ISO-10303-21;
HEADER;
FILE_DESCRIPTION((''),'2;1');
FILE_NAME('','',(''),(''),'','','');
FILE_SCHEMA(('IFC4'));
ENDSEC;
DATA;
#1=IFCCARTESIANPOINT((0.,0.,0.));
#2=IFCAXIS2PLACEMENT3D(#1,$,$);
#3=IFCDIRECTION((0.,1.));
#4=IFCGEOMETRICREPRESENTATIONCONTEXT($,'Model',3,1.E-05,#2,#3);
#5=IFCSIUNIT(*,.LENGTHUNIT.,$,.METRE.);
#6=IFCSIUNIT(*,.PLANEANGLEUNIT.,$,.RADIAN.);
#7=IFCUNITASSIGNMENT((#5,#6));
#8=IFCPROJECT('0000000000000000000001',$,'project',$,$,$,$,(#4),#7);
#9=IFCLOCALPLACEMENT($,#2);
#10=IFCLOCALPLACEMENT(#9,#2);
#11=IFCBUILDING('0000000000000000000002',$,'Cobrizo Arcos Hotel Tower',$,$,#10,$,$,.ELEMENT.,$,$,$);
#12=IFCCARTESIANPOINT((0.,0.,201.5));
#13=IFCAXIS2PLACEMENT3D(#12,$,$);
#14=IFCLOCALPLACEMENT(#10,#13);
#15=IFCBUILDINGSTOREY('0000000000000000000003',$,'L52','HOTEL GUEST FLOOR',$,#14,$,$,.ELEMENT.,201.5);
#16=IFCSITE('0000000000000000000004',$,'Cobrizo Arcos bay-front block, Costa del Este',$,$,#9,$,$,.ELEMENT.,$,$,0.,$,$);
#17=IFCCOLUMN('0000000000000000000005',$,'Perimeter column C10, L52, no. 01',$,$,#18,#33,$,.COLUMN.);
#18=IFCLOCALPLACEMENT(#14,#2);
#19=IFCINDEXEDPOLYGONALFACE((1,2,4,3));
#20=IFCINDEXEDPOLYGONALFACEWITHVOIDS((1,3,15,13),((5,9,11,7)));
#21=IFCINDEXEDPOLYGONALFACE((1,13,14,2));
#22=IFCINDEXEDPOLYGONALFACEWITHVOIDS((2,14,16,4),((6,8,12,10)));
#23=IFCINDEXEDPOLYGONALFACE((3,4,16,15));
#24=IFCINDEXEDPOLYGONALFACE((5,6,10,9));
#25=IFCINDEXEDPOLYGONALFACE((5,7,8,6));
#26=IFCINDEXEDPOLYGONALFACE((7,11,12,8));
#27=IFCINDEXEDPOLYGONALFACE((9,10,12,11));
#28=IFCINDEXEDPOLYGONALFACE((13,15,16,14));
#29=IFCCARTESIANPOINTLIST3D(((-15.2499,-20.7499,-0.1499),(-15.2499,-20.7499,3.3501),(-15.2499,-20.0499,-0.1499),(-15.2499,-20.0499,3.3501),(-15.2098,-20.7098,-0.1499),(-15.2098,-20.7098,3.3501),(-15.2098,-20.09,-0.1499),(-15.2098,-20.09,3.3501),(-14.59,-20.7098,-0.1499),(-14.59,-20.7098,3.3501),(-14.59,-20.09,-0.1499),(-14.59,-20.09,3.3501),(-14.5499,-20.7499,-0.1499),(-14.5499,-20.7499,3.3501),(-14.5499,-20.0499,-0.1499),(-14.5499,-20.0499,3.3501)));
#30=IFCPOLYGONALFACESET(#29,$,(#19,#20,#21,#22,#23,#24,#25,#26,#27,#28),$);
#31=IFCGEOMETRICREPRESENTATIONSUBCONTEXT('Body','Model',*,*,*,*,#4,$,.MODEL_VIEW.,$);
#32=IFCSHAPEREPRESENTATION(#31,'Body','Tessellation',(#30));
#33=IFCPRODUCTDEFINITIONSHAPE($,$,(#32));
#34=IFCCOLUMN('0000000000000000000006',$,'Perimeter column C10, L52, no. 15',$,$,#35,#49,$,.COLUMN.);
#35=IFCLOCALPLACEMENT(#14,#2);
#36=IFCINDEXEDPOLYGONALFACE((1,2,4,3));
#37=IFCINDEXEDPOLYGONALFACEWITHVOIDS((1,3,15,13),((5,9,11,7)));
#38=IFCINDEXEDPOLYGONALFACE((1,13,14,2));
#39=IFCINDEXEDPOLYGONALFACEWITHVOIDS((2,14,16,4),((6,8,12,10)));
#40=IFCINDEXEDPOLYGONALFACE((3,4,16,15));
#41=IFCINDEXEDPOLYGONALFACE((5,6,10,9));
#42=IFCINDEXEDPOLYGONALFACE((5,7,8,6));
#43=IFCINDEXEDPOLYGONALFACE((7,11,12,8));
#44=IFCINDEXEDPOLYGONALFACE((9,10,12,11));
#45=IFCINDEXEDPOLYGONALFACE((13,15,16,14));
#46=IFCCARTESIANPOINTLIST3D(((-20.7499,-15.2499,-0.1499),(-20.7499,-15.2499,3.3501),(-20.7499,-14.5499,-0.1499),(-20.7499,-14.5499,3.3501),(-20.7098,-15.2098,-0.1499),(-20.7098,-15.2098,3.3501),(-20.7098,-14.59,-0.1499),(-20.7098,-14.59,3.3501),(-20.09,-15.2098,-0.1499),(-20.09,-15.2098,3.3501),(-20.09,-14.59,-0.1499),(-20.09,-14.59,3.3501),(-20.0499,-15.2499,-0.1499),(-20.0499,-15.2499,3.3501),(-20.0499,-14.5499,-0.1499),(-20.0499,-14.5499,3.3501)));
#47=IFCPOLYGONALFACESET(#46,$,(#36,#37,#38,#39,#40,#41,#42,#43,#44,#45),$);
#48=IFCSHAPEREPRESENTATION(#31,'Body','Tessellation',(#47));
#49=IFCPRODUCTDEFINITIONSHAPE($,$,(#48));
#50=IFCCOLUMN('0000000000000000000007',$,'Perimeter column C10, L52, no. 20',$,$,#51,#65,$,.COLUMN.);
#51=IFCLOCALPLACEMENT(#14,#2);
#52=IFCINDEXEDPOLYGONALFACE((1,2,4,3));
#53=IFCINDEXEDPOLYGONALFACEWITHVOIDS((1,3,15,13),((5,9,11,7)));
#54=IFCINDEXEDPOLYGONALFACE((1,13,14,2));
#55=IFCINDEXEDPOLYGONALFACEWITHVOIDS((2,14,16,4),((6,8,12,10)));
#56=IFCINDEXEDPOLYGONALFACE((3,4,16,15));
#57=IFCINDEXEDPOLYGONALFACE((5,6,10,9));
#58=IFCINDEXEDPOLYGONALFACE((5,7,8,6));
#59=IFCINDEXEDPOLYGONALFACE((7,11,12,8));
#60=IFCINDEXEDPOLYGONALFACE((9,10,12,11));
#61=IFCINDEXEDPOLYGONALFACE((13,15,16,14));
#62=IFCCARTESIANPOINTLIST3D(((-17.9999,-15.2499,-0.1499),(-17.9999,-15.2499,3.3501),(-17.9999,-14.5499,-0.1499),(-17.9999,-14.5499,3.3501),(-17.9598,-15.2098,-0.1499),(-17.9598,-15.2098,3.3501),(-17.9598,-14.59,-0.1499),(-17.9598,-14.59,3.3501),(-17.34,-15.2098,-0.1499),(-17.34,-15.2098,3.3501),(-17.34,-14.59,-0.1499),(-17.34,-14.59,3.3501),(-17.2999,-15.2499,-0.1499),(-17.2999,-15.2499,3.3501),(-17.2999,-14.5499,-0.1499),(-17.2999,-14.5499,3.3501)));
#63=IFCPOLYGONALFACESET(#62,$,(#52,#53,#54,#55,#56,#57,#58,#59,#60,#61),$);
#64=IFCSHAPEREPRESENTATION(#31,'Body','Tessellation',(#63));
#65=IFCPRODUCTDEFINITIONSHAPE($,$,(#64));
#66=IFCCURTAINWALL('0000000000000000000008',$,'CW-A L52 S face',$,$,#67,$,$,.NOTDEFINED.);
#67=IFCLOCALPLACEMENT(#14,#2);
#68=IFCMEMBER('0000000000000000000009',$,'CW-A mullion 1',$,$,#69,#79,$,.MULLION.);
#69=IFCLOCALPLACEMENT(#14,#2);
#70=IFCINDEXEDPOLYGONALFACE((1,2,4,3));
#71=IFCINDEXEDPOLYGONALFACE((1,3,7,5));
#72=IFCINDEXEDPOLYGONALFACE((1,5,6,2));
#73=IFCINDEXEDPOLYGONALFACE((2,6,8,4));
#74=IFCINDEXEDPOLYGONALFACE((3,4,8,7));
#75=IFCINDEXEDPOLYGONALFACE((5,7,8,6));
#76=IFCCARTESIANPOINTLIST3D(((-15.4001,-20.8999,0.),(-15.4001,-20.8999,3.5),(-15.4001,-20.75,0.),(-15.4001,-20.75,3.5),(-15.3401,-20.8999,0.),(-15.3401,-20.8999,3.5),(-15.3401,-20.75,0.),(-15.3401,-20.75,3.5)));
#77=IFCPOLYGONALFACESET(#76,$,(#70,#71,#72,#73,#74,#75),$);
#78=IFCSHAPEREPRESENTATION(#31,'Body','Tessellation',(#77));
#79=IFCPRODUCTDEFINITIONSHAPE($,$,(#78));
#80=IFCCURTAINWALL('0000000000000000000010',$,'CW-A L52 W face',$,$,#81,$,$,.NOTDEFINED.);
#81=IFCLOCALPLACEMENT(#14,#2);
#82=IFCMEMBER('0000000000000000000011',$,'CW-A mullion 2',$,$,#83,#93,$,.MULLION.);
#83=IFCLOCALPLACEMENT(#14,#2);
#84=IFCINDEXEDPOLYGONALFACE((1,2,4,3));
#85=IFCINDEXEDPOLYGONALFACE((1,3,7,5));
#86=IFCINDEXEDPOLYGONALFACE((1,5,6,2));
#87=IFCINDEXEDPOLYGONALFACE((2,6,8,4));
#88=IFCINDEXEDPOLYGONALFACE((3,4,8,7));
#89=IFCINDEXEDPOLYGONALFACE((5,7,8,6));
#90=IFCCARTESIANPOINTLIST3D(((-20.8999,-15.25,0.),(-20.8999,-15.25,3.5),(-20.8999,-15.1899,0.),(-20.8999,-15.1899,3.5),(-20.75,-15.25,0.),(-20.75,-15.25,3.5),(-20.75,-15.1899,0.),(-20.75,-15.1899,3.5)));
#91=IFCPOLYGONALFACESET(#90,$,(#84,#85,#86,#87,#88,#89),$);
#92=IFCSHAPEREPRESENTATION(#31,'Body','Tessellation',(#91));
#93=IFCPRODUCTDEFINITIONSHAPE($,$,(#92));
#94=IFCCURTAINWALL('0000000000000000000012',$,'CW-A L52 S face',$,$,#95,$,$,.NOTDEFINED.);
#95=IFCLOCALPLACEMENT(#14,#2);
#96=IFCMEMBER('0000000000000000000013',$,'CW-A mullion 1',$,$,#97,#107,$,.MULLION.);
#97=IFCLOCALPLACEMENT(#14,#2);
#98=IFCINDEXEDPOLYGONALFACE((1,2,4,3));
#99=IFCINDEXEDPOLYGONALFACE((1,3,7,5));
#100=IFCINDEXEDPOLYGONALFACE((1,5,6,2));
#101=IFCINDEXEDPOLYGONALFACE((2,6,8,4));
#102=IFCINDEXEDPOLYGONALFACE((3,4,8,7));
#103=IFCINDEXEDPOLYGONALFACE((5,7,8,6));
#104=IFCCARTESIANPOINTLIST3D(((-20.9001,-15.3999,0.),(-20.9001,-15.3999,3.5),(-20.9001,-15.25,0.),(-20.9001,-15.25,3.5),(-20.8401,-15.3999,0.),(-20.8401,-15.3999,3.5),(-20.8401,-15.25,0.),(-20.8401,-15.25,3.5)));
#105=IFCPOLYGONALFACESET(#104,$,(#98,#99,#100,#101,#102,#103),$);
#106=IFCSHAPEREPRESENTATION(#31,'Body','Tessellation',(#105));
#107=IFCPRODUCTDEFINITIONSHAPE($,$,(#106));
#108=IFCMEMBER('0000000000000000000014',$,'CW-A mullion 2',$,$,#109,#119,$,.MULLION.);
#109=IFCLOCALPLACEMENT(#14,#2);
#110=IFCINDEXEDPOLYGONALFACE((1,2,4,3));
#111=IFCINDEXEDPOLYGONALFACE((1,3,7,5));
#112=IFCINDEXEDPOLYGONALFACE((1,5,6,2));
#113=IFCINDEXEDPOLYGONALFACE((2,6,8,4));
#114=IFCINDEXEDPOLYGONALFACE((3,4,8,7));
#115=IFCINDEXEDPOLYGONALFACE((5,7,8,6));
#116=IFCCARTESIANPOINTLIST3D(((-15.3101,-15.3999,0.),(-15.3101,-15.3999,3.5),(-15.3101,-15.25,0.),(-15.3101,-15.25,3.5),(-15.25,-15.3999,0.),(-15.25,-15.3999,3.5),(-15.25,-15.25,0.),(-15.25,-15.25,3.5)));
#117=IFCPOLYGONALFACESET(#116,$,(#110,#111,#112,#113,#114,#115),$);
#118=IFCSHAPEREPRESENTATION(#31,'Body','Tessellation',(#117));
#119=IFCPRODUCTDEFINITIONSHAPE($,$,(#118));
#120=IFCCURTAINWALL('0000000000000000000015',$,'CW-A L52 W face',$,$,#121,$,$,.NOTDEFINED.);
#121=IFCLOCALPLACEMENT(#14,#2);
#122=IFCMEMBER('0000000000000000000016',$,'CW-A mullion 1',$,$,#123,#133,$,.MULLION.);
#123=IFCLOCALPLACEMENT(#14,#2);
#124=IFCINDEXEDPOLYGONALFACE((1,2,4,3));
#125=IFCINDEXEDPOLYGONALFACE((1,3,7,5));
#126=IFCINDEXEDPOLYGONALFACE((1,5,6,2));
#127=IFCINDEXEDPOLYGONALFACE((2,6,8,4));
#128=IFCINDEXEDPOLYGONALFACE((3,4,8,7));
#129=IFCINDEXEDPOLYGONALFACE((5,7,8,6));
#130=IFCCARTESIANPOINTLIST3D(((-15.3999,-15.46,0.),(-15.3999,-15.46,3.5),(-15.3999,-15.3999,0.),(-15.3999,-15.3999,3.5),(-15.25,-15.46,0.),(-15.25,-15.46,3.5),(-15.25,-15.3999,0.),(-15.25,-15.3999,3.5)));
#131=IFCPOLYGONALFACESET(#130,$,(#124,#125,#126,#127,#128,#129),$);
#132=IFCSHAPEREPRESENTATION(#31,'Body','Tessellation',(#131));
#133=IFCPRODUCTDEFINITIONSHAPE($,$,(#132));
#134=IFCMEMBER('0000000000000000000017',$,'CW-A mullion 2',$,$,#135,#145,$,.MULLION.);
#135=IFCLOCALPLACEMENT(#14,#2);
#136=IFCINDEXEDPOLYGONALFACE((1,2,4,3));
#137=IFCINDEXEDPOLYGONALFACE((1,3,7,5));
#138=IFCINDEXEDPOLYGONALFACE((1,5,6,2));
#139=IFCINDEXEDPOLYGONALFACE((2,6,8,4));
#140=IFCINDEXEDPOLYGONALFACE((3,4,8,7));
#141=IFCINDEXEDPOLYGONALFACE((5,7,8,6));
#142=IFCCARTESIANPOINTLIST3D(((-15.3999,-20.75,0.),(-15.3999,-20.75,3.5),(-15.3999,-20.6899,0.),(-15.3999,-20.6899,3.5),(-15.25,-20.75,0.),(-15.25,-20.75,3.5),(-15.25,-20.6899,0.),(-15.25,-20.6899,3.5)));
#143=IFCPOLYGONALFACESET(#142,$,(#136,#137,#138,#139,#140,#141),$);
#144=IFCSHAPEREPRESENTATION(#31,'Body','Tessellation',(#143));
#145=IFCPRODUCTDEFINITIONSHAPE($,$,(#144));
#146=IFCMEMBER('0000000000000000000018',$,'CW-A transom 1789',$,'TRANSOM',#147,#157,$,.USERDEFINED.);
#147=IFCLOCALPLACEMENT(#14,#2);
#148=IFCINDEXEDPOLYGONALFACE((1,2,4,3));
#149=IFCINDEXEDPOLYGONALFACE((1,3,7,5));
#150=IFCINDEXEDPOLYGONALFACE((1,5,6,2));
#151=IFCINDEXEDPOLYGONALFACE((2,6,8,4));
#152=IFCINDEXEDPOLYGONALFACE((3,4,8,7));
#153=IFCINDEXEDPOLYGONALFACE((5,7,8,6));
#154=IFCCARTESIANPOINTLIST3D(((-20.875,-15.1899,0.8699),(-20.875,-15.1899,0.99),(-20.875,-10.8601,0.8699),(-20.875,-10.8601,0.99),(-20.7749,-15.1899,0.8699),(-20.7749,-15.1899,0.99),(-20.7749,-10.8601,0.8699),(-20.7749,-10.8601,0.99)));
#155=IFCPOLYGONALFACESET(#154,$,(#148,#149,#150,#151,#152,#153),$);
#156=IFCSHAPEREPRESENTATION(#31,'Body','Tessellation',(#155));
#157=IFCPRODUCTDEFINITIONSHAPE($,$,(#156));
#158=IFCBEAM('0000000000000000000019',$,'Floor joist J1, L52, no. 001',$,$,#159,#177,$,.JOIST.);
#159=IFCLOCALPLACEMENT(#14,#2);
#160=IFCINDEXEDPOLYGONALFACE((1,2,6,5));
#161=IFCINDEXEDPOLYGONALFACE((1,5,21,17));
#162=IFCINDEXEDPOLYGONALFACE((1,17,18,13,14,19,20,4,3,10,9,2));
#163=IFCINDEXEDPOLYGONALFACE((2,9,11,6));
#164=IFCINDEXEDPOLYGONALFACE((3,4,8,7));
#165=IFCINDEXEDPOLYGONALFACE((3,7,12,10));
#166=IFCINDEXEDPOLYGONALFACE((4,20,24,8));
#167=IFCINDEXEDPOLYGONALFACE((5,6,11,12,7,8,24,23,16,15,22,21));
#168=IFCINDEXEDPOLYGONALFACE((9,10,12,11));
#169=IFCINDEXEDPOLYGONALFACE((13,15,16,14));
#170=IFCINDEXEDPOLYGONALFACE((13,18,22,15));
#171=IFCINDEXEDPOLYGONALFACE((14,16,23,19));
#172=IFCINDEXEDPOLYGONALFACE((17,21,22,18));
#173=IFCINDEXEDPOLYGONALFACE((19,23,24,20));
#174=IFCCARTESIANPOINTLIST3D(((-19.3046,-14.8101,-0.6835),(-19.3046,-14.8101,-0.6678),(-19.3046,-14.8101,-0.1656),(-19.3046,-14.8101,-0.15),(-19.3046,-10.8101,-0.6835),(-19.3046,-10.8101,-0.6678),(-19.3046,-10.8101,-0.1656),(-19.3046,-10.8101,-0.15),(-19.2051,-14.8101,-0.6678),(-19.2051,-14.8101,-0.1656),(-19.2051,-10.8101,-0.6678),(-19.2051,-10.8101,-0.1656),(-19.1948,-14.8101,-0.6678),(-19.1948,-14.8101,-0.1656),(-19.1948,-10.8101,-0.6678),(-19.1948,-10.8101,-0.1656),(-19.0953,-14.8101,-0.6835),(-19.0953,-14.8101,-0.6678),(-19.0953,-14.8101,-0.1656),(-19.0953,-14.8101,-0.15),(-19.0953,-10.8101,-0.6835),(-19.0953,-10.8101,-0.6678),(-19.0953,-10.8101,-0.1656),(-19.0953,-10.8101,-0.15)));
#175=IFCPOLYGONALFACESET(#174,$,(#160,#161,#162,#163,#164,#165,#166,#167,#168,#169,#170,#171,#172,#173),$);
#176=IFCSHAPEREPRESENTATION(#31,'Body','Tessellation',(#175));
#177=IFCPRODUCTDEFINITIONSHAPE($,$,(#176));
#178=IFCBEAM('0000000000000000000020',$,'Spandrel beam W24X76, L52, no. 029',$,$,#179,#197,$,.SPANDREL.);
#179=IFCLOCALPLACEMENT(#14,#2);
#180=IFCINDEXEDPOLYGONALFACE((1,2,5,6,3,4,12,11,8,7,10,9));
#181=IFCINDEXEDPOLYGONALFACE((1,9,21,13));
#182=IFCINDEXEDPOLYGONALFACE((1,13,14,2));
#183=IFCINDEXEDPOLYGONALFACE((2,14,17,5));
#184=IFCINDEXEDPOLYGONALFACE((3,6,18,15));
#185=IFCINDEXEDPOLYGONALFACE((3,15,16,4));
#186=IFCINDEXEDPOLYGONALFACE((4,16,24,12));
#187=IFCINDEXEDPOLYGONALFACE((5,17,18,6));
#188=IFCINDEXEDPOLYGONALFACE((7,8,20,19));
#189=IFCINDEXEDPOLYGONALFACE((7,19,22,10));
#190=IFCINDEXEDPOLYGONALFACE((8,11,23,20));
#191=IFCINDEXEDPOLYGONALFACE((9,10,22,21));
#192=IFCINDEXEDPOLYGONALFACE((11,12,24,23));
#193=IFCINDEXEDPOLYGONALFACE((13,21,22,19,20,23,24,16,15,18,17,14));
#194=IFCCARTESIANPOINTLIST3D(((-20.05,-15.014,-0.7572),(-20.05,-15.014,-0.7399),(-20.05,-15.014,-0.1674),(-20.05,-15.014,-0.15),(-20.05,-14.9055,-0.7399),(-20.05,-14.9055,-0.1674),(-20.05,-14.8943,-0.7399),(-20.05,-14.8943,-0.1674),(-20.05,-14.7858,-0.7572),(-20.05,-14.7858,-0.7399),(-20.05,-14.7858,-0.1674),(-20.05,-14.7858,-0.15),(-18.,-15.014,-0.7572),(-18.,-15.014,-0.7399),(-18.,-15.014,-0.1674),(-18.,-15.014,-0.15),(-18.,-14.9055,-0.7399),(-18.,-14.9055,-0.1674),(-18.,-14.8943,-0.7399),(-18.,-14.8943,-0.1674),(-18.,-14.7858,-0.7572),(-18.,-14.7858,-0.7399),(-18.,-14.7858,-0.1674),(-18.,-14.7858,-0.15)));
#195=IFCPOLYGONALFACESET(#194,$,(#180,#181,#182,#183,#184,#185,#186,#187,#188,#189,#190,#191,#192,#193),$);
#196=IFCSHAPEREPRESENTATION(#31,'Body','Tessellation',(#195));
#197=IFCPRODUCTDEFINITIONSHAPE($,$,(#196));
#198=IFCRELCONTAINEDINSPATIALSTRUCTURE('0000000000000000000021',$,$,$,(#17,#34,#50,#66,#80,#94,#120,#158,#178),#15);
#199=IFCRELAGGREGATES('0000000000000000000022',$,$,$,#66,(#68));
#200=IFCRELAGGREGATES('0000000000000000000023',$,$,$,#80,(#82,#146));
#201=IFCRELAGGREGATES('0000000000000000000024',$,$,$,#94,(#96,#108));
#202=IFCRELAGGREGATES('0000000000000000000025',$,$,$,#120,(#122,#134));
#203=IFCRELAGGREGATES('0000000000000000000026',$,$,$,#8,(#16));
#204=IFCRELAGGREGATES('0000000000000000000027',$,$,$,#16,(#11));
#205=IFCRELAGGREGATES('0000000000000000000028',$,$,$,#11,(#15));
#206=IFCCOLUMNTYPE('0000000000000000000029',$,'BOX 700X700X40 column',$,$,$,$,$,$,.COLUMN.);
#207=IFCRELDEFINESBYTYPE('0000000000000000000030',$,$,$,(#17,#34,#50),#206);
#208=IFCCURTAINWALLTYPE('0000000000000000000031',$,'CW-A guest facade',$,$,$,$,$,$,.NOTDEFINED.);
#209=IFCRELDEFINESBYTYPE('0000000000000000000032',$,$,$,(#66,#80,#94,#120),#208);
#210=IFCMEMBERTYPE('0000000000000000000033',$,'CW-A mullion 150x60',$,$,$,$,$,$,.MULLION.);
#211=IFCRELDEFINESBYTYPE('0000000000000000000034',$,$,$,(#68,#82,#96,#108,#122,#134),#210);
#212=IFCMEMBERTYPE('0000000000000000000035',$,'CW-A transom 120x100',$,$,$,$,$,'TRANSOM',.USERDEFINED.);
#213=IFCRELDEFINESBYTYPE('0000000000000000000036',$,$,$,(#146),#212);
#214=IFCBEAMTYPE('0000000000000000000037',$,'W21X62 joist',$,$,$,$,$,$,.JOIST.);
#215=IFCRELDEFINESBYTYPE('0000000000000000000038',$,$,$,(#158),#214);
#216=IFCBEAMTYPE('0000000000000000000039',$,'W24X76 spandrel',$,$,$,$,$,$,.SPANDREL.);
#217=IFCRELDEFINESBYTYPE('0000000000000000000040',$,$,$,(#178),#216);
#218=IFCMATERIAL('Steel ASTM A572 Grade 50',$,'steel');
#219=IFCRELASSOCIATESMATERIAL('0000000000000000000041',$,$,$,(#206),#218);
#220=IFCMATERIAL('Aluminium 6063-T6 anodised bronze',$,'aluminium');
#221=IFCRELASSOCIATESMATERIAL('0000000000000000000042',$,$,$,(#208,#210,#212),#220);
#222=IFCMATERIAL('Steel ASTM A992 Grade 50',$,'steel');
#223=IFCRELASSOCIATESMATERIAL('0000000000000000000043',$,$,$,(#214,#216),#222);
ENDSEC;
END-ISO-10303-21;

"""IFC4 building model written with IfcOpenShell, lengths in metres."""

from ifc_helpers import new_model, si_unit, direction, frame, origin, origin_2d, place, context, subcontext, project, spatial, rectangle, hollow_rectangle, i_section, extrude, material, material_profile, profile_set, type_object, element, aggregate, save


model = new_model("IFC4")

# Units and contexts
model_context = context("Model", 3, precision=1e-05, world=origin(), true_north=direction((0.0, 1.0)))
body_context = subcontext(model_context, "Body", "Model", "MODEL_VIEW")
ifc_project = project(units=[si_unit("LENGTHUNIT", "METRE"), si_unit("PLANEANGLEUNIT", "RADIAN")], contexts=[model_context])

# Site, building, storey
site_placement = place(None, origin())
site = spatial("IfcSite", under=ifc_project, at=site_placement, Name="Cobrizo Arcos bay-front block, Costa del Este", CompositionType="ELEMENT", RefElevation=0.0)
building_placement = place(site_placement, origin())
building = spatial("IfcBuilding", under=site, at=building_placement, Name="Cobrizo Arcos Hotel Tower", CompositionType="ELEMENT")
storey_placement = place(building_placement, frame((0.0, 0.0, 201.5)))
storey = spatial("IfcBuildingStorey", under=building, at=storey_placement, Name="L52", Description="HOTEL GUEST FLOOR", CompositionType="ELEMENT", Elevation=201.5)

# Columns
ifc_material_1 = material(Name="Steel ASTM A572 Grade 50", Category="steel")
ifc_material_profile_1 = material_profile(ifc_material_1, hollow_rectangle(XDim=0.7, YDim=0.7, WallThickness=0.04, at=origin_2d()), Name="BOX 700X700X40")
ifc_profile_set_1 = profile_set([ifc_material_profile_1], Name="Steel ASTM A572 Grade 50")
column_type = type_object("IfcColumnType", Name="BOX 700X700X40 column", PredefinedType="COLUMN", material=ifc_profile_set_1)
for number, where, z_axis, x_axis, name in (
    (1, (-14.8999, -20.3999, -0.1499), (0.0, 0.0, 1.0), (1.0, 0.0, 0.0), "Perimeter column C10, L52, no. 01"),
    (2, (-20.3999, -14.8999, -0.1499), (0.0, 0.0, 1.0), (1.0, 0.0, 0.0), "Perimeter column C10, L52, no. 15"),
    (3, (-17.6499, -14.8999, -0.1499), (0.0, 0.0, 1.0), (1.0, 0.0, 0.0), "Perimeter column C10, L52, no. 20"),
):
    element("IfcColumn", number, at=place(storey_placement, frame(where, z_axis=z_axis, x_axis=x_axis)), inside=storey, type_object=column_type, Name=name, PredefinedType="COLUMN", context=body_context, shape_type="SweptSolid", body=[
        extrude(hollow_rectangle(XDim=0.7, YDim=0.7, WallThickness=0.04, at=origin_2d()), origin(), (0.0, 0.0, 1.0), 3.5),
    ])

# Curtain walls, members
ifc_material_2 = material(Name="Aluminium 6063-T6 anodised bronze", Category="aluminium")
curtain_wall_type = type_object("IfcCurtainWallType", Name="CW-A guest facade", PredefinedType="NOTDEFINED", material=ifc_material_2)
curtain_wall_1_placement = place(storey_placement, origin())
curtain_wall_1 = element("IfcCurtainWall", 4, at=curtain_wall_1_placement, inside=storey, type_object=curtain_wall_type, Name="CW-A L52 S face", PredefinedType="NOTDEFINED")
ifc_material_profile_2 = material_profile(ifc_material_2, rectangle(XDim=0.1499, YDim=0.0601, at=origin_2d()), Name="CW-A mullion 150x60")
ifc_profile_set_2 = profile_set([ifc_material_profile_2], Name="Aluminium 6063-T6 anodised bronze")
member_type_1 = type_object("IfcMemberType", Name="CW-A mullion 150x60", PredefinedType="MULLION", material=ifc_profile_set_2)
member_1_placement = place(storey_placement, frame((-15.3701, -20.825, 0.0), z_axis=(0.0, 0.0, 1.0), x_axis=(0.0, -1.0, 0.0)))
member_1 = element("IfcMember", 5, at=member_1_placement, type_object=member_type_1, Name="CW-A mullion 1", PredefinedType="MULLION", context=body_context, shape_type="SweptSolid", body=[
    extrude(rectangle(XDim=0.1499, YDim=0.0601, at=origin_2d()), origin(), (0.0, 0.0, 1.0), 3.5),
])
aggregate(curtain_wall_1, [member_1])
curtain_wall_2_placement = place(storey_placement, origin())
curtain_wall_2 = element("IfcCurtainWall", 6, at=curtain_wall_2_placement, inside=storey, type_object=curtain_wall_type, Name="CW-A L52 W face", PredefinedType="NOTDEFINED")
member_2_placement = place(storey_placement, frame((-20.825, -15.22, 0.0), z_axis=(0.0, 0.0, 1.0), x_axis=(-1.0, 0.0, 0.0)))
member_2 = element("IfcMember", 7, at=member_2_placement, type_object=member_type_1, Name="CW-A mullion 2", PredefinedType="MULLION", context=body_context, shape_type="SweptSolid", body=[
    extrude(rectangle(XDim=0.1499, YDim=0.0601, at=origin_2d()), origin(), (0.0, 0.0, 1.0), 3.5),
])

# Curtain walls, members
curtain_wall_3_placement = place(storey_placement, origin())
curtain_wall_3 = element("IfcCurtainWall", 8, at=curtain_wall_3_placement, inside=storey, type_object=curtain_wall_type, Name="CW-A L52 S face", PredefinedType="NOTDEFINED")
member_3_placement = place(storey_placement, frame((-20.8701, -15.325, 0.0), z_axis=(0.0, 0.0, 1.0), x_axis=(0.0, -1.0, 0.0)))
member_3 = element("IfcMember", 9, at=member_3_placement, type_object=member_type_1, Name="CW-A mullion 1", PredefinedType="MULLION", context=body_context, shape_type="SweptSolid", body=[
    extrude(rectangle(XDim=0.1499, YDim=0.0601, at=origin_2d()), origin(), (0.0, 0.0, 1.0), 3.5),
])
member_4_placement = place(storey_placement, frame((-15.28, -15.325, 0.0), z_axis=(0.0, 0.0, 1.0), x_axis=(0.0, -1.0, 0.0)))
member_4 = element("IfcMember", 10, at=member_4_placement, type_object=member_type_1, Name="CW-A mullion 2", PredefinedType="MULLION", context=body_context, shape_type="SweptSolid", body=[
    extrude(rectangle(XDim=0.1499, YDim=0.0601, at=origin_2d()), origin(), (0.0, 0.0, 1.0), 3.5),
])
curtain_wall_4_placement = place(storey_placement, origin())
curtain_wall_4 = element("IfcCurtainWall", 11, at=curtain_wall_4_placement, inside=storey, type_object=curtain_wall_type, Name="CW-A L52 W face", PredefinedType="NOTDEFINED")
member_5_placement = place(storey_placement, frame((-15.325, -15.4299, 0.0), z_axis=(0.0, 0.0, 1.0), x_axis=(-1.0, 0.0, 0.0)))
member_5 = element("IfcMember", 12, at=member_5_placement, type_object=member_type_1, Name="CW-A mullion 1", PredefinedType="MULLION", context=body_context, shape_type="SweptSolid", body=[
    extrude(rectangle(XDim=0.1499, YDim=0.0601, at=origin_2d()), origin(), (0.0, 0.0, 1.0), 3.5),
])
member_6_placement = place(storey_placement, frame((-15.325, -20.72, 0.0), z_axis=(0.0, 0.0, 1.0), x_axis=(-1.0, 0.0, 0.0)))
member_6 = element("IfcMember", 13, at=member_6_placement, type_object=member_type_1, Name="CW-A mullion 2", PredefinedType="MULLION", context=body_context, shape_type="SweptSolid", body=[
    extrude(rectangle(XDim=0.1499, YDim=0.0601, at=origin_2d()), origin(), (0.0, 0.0, 1.0), 3.5),
])

# Member
ifc_material_profile_3 = material_profile(ifc_material_2, rectangle(XDim=0.1001, YDim=0.1201, at=origin_2d()), Name="CW-A transom 120x100")
ifc_profile_set_3 = profile_set([ifc_material_profile_3], Name="Aluminium 6063-T6 anodised bronze")
member_type_2 = type_object("IfcMemberType", Name="CW-A transom 120x100", ElementType="TRANSOM", PredefinedType="USERDEFINED", material=ifc_profile_set_3)
member_7_placement = place(storey_placement, frame((-20.825, -10.8601, 0.9299), z_axis=(0.0, -1.0, 0.0), x_axis=(1.0, 0.0, 0.0)))
member_7 = element("IfcMember", 14, at=member_7_placement, type_object=member_type_2, Name="CW-A transom 1789", ObjectType="TRANSOM", PredefinedType="USERDEFINED", context=body_context, shape_type="SweptSolid", body=[
    extrude(rectangle(XDim=0.1001, YDim=0.1201, at=origin_2d()), origin(), (0.0, 0.0, 1.0), 4.3298),
])

# Beams
ifc_material_3 = material(Name="Steel ASTM A992 Grade 50", Category="steel")
ifc_material_profile_4 = material_profile(ifc_material_3, i_section(OverallWidth=0.2092, OverallDepth=0.5334, WebThickness=0.0103, FlangeThickness=0.0156, at=origin_2d()), Name="W21X62")
ifc_profile_set_4 = profile_set([ifc_material_profile_4], Name="Steel ASTM A992 Grade 50")
beam_type_1 = type_object("IfcBeamType", Name="W21X62 joist", PredefinedType="JOIST", material=ifc_profile_set_4)
beam_placement = place(storey_placement, frame((-19.2, -14.8101, -0.4167), z_axis=(0.0, 1.0, 0.0), x_axis=(-1.0, 0.0, 0.0)))
element("IfcBeam", 15, at=beam_placement, inside=storey, type_object=beam_type_1, Name="Floor joist J1, L52, no. 001", PredefinedType="JOIST", context=body_context, shape_type="SweptSolid", body=[
    extrude(i_section(OverallWidth=0.2092, OverallDepth=0.5334, WebThickness=0.0103, FlangeThickness=0.0156, at=origin_2d()), origin(), (0.0, 0.0, 1.0), 4.0),
])
ifc_material_profile_5 = material_profile(ifc_material_3, i_section(OverallWidth=0.2283, OverallDepth=0.6072, WebThickness=0.0112, FlangeThickness=0.0173, at=origin_2d()), Name="W24X76")
ifc_profile_set_5 = profile_set([ifc_material_profile_5], Name="Steel ASTM A992 Grade 50")
beam_type_2 = type_object("IfcBeamType", Name="W24X76 spandrel", PredefinedType="SPANDREL", material=ifc_profile_set_5)
for number, where, z_axis, x_axis, name in (
    (16, (-20.05, -14.8999, -0.4536), (1.0, 0.0, 0.0), (0.0, 1.0, 0.0), "Spandrel beam W24X76, L52, no. 029"),
):
    element("IfcBeam", number, at=place(storey_placement, frame(where, z_axis=z_axis, x_axis=x_axis)), inside=storey, type_object=beam_type_2, Name=name, PredefinedType="SPANDREL", context=body_context, shape_type="SweptSolid", body=[
        extrude(i_section(OverallWidth=0.2283, OverallDepth=0.6072, WebThickness=0.0112, FlangeThickness=0.0173, at=origin_2d()), origin(), (0.0, 0.0, 1.0), 2.05),
    ])

aggregate(curtain_wall_2, [member_2, member_7])
aggregate(curtain_wall_3, [member_3, member_4])
aggregate(curtain_wall_4, [member_5, member_6])

save(model, "model.ifc")
